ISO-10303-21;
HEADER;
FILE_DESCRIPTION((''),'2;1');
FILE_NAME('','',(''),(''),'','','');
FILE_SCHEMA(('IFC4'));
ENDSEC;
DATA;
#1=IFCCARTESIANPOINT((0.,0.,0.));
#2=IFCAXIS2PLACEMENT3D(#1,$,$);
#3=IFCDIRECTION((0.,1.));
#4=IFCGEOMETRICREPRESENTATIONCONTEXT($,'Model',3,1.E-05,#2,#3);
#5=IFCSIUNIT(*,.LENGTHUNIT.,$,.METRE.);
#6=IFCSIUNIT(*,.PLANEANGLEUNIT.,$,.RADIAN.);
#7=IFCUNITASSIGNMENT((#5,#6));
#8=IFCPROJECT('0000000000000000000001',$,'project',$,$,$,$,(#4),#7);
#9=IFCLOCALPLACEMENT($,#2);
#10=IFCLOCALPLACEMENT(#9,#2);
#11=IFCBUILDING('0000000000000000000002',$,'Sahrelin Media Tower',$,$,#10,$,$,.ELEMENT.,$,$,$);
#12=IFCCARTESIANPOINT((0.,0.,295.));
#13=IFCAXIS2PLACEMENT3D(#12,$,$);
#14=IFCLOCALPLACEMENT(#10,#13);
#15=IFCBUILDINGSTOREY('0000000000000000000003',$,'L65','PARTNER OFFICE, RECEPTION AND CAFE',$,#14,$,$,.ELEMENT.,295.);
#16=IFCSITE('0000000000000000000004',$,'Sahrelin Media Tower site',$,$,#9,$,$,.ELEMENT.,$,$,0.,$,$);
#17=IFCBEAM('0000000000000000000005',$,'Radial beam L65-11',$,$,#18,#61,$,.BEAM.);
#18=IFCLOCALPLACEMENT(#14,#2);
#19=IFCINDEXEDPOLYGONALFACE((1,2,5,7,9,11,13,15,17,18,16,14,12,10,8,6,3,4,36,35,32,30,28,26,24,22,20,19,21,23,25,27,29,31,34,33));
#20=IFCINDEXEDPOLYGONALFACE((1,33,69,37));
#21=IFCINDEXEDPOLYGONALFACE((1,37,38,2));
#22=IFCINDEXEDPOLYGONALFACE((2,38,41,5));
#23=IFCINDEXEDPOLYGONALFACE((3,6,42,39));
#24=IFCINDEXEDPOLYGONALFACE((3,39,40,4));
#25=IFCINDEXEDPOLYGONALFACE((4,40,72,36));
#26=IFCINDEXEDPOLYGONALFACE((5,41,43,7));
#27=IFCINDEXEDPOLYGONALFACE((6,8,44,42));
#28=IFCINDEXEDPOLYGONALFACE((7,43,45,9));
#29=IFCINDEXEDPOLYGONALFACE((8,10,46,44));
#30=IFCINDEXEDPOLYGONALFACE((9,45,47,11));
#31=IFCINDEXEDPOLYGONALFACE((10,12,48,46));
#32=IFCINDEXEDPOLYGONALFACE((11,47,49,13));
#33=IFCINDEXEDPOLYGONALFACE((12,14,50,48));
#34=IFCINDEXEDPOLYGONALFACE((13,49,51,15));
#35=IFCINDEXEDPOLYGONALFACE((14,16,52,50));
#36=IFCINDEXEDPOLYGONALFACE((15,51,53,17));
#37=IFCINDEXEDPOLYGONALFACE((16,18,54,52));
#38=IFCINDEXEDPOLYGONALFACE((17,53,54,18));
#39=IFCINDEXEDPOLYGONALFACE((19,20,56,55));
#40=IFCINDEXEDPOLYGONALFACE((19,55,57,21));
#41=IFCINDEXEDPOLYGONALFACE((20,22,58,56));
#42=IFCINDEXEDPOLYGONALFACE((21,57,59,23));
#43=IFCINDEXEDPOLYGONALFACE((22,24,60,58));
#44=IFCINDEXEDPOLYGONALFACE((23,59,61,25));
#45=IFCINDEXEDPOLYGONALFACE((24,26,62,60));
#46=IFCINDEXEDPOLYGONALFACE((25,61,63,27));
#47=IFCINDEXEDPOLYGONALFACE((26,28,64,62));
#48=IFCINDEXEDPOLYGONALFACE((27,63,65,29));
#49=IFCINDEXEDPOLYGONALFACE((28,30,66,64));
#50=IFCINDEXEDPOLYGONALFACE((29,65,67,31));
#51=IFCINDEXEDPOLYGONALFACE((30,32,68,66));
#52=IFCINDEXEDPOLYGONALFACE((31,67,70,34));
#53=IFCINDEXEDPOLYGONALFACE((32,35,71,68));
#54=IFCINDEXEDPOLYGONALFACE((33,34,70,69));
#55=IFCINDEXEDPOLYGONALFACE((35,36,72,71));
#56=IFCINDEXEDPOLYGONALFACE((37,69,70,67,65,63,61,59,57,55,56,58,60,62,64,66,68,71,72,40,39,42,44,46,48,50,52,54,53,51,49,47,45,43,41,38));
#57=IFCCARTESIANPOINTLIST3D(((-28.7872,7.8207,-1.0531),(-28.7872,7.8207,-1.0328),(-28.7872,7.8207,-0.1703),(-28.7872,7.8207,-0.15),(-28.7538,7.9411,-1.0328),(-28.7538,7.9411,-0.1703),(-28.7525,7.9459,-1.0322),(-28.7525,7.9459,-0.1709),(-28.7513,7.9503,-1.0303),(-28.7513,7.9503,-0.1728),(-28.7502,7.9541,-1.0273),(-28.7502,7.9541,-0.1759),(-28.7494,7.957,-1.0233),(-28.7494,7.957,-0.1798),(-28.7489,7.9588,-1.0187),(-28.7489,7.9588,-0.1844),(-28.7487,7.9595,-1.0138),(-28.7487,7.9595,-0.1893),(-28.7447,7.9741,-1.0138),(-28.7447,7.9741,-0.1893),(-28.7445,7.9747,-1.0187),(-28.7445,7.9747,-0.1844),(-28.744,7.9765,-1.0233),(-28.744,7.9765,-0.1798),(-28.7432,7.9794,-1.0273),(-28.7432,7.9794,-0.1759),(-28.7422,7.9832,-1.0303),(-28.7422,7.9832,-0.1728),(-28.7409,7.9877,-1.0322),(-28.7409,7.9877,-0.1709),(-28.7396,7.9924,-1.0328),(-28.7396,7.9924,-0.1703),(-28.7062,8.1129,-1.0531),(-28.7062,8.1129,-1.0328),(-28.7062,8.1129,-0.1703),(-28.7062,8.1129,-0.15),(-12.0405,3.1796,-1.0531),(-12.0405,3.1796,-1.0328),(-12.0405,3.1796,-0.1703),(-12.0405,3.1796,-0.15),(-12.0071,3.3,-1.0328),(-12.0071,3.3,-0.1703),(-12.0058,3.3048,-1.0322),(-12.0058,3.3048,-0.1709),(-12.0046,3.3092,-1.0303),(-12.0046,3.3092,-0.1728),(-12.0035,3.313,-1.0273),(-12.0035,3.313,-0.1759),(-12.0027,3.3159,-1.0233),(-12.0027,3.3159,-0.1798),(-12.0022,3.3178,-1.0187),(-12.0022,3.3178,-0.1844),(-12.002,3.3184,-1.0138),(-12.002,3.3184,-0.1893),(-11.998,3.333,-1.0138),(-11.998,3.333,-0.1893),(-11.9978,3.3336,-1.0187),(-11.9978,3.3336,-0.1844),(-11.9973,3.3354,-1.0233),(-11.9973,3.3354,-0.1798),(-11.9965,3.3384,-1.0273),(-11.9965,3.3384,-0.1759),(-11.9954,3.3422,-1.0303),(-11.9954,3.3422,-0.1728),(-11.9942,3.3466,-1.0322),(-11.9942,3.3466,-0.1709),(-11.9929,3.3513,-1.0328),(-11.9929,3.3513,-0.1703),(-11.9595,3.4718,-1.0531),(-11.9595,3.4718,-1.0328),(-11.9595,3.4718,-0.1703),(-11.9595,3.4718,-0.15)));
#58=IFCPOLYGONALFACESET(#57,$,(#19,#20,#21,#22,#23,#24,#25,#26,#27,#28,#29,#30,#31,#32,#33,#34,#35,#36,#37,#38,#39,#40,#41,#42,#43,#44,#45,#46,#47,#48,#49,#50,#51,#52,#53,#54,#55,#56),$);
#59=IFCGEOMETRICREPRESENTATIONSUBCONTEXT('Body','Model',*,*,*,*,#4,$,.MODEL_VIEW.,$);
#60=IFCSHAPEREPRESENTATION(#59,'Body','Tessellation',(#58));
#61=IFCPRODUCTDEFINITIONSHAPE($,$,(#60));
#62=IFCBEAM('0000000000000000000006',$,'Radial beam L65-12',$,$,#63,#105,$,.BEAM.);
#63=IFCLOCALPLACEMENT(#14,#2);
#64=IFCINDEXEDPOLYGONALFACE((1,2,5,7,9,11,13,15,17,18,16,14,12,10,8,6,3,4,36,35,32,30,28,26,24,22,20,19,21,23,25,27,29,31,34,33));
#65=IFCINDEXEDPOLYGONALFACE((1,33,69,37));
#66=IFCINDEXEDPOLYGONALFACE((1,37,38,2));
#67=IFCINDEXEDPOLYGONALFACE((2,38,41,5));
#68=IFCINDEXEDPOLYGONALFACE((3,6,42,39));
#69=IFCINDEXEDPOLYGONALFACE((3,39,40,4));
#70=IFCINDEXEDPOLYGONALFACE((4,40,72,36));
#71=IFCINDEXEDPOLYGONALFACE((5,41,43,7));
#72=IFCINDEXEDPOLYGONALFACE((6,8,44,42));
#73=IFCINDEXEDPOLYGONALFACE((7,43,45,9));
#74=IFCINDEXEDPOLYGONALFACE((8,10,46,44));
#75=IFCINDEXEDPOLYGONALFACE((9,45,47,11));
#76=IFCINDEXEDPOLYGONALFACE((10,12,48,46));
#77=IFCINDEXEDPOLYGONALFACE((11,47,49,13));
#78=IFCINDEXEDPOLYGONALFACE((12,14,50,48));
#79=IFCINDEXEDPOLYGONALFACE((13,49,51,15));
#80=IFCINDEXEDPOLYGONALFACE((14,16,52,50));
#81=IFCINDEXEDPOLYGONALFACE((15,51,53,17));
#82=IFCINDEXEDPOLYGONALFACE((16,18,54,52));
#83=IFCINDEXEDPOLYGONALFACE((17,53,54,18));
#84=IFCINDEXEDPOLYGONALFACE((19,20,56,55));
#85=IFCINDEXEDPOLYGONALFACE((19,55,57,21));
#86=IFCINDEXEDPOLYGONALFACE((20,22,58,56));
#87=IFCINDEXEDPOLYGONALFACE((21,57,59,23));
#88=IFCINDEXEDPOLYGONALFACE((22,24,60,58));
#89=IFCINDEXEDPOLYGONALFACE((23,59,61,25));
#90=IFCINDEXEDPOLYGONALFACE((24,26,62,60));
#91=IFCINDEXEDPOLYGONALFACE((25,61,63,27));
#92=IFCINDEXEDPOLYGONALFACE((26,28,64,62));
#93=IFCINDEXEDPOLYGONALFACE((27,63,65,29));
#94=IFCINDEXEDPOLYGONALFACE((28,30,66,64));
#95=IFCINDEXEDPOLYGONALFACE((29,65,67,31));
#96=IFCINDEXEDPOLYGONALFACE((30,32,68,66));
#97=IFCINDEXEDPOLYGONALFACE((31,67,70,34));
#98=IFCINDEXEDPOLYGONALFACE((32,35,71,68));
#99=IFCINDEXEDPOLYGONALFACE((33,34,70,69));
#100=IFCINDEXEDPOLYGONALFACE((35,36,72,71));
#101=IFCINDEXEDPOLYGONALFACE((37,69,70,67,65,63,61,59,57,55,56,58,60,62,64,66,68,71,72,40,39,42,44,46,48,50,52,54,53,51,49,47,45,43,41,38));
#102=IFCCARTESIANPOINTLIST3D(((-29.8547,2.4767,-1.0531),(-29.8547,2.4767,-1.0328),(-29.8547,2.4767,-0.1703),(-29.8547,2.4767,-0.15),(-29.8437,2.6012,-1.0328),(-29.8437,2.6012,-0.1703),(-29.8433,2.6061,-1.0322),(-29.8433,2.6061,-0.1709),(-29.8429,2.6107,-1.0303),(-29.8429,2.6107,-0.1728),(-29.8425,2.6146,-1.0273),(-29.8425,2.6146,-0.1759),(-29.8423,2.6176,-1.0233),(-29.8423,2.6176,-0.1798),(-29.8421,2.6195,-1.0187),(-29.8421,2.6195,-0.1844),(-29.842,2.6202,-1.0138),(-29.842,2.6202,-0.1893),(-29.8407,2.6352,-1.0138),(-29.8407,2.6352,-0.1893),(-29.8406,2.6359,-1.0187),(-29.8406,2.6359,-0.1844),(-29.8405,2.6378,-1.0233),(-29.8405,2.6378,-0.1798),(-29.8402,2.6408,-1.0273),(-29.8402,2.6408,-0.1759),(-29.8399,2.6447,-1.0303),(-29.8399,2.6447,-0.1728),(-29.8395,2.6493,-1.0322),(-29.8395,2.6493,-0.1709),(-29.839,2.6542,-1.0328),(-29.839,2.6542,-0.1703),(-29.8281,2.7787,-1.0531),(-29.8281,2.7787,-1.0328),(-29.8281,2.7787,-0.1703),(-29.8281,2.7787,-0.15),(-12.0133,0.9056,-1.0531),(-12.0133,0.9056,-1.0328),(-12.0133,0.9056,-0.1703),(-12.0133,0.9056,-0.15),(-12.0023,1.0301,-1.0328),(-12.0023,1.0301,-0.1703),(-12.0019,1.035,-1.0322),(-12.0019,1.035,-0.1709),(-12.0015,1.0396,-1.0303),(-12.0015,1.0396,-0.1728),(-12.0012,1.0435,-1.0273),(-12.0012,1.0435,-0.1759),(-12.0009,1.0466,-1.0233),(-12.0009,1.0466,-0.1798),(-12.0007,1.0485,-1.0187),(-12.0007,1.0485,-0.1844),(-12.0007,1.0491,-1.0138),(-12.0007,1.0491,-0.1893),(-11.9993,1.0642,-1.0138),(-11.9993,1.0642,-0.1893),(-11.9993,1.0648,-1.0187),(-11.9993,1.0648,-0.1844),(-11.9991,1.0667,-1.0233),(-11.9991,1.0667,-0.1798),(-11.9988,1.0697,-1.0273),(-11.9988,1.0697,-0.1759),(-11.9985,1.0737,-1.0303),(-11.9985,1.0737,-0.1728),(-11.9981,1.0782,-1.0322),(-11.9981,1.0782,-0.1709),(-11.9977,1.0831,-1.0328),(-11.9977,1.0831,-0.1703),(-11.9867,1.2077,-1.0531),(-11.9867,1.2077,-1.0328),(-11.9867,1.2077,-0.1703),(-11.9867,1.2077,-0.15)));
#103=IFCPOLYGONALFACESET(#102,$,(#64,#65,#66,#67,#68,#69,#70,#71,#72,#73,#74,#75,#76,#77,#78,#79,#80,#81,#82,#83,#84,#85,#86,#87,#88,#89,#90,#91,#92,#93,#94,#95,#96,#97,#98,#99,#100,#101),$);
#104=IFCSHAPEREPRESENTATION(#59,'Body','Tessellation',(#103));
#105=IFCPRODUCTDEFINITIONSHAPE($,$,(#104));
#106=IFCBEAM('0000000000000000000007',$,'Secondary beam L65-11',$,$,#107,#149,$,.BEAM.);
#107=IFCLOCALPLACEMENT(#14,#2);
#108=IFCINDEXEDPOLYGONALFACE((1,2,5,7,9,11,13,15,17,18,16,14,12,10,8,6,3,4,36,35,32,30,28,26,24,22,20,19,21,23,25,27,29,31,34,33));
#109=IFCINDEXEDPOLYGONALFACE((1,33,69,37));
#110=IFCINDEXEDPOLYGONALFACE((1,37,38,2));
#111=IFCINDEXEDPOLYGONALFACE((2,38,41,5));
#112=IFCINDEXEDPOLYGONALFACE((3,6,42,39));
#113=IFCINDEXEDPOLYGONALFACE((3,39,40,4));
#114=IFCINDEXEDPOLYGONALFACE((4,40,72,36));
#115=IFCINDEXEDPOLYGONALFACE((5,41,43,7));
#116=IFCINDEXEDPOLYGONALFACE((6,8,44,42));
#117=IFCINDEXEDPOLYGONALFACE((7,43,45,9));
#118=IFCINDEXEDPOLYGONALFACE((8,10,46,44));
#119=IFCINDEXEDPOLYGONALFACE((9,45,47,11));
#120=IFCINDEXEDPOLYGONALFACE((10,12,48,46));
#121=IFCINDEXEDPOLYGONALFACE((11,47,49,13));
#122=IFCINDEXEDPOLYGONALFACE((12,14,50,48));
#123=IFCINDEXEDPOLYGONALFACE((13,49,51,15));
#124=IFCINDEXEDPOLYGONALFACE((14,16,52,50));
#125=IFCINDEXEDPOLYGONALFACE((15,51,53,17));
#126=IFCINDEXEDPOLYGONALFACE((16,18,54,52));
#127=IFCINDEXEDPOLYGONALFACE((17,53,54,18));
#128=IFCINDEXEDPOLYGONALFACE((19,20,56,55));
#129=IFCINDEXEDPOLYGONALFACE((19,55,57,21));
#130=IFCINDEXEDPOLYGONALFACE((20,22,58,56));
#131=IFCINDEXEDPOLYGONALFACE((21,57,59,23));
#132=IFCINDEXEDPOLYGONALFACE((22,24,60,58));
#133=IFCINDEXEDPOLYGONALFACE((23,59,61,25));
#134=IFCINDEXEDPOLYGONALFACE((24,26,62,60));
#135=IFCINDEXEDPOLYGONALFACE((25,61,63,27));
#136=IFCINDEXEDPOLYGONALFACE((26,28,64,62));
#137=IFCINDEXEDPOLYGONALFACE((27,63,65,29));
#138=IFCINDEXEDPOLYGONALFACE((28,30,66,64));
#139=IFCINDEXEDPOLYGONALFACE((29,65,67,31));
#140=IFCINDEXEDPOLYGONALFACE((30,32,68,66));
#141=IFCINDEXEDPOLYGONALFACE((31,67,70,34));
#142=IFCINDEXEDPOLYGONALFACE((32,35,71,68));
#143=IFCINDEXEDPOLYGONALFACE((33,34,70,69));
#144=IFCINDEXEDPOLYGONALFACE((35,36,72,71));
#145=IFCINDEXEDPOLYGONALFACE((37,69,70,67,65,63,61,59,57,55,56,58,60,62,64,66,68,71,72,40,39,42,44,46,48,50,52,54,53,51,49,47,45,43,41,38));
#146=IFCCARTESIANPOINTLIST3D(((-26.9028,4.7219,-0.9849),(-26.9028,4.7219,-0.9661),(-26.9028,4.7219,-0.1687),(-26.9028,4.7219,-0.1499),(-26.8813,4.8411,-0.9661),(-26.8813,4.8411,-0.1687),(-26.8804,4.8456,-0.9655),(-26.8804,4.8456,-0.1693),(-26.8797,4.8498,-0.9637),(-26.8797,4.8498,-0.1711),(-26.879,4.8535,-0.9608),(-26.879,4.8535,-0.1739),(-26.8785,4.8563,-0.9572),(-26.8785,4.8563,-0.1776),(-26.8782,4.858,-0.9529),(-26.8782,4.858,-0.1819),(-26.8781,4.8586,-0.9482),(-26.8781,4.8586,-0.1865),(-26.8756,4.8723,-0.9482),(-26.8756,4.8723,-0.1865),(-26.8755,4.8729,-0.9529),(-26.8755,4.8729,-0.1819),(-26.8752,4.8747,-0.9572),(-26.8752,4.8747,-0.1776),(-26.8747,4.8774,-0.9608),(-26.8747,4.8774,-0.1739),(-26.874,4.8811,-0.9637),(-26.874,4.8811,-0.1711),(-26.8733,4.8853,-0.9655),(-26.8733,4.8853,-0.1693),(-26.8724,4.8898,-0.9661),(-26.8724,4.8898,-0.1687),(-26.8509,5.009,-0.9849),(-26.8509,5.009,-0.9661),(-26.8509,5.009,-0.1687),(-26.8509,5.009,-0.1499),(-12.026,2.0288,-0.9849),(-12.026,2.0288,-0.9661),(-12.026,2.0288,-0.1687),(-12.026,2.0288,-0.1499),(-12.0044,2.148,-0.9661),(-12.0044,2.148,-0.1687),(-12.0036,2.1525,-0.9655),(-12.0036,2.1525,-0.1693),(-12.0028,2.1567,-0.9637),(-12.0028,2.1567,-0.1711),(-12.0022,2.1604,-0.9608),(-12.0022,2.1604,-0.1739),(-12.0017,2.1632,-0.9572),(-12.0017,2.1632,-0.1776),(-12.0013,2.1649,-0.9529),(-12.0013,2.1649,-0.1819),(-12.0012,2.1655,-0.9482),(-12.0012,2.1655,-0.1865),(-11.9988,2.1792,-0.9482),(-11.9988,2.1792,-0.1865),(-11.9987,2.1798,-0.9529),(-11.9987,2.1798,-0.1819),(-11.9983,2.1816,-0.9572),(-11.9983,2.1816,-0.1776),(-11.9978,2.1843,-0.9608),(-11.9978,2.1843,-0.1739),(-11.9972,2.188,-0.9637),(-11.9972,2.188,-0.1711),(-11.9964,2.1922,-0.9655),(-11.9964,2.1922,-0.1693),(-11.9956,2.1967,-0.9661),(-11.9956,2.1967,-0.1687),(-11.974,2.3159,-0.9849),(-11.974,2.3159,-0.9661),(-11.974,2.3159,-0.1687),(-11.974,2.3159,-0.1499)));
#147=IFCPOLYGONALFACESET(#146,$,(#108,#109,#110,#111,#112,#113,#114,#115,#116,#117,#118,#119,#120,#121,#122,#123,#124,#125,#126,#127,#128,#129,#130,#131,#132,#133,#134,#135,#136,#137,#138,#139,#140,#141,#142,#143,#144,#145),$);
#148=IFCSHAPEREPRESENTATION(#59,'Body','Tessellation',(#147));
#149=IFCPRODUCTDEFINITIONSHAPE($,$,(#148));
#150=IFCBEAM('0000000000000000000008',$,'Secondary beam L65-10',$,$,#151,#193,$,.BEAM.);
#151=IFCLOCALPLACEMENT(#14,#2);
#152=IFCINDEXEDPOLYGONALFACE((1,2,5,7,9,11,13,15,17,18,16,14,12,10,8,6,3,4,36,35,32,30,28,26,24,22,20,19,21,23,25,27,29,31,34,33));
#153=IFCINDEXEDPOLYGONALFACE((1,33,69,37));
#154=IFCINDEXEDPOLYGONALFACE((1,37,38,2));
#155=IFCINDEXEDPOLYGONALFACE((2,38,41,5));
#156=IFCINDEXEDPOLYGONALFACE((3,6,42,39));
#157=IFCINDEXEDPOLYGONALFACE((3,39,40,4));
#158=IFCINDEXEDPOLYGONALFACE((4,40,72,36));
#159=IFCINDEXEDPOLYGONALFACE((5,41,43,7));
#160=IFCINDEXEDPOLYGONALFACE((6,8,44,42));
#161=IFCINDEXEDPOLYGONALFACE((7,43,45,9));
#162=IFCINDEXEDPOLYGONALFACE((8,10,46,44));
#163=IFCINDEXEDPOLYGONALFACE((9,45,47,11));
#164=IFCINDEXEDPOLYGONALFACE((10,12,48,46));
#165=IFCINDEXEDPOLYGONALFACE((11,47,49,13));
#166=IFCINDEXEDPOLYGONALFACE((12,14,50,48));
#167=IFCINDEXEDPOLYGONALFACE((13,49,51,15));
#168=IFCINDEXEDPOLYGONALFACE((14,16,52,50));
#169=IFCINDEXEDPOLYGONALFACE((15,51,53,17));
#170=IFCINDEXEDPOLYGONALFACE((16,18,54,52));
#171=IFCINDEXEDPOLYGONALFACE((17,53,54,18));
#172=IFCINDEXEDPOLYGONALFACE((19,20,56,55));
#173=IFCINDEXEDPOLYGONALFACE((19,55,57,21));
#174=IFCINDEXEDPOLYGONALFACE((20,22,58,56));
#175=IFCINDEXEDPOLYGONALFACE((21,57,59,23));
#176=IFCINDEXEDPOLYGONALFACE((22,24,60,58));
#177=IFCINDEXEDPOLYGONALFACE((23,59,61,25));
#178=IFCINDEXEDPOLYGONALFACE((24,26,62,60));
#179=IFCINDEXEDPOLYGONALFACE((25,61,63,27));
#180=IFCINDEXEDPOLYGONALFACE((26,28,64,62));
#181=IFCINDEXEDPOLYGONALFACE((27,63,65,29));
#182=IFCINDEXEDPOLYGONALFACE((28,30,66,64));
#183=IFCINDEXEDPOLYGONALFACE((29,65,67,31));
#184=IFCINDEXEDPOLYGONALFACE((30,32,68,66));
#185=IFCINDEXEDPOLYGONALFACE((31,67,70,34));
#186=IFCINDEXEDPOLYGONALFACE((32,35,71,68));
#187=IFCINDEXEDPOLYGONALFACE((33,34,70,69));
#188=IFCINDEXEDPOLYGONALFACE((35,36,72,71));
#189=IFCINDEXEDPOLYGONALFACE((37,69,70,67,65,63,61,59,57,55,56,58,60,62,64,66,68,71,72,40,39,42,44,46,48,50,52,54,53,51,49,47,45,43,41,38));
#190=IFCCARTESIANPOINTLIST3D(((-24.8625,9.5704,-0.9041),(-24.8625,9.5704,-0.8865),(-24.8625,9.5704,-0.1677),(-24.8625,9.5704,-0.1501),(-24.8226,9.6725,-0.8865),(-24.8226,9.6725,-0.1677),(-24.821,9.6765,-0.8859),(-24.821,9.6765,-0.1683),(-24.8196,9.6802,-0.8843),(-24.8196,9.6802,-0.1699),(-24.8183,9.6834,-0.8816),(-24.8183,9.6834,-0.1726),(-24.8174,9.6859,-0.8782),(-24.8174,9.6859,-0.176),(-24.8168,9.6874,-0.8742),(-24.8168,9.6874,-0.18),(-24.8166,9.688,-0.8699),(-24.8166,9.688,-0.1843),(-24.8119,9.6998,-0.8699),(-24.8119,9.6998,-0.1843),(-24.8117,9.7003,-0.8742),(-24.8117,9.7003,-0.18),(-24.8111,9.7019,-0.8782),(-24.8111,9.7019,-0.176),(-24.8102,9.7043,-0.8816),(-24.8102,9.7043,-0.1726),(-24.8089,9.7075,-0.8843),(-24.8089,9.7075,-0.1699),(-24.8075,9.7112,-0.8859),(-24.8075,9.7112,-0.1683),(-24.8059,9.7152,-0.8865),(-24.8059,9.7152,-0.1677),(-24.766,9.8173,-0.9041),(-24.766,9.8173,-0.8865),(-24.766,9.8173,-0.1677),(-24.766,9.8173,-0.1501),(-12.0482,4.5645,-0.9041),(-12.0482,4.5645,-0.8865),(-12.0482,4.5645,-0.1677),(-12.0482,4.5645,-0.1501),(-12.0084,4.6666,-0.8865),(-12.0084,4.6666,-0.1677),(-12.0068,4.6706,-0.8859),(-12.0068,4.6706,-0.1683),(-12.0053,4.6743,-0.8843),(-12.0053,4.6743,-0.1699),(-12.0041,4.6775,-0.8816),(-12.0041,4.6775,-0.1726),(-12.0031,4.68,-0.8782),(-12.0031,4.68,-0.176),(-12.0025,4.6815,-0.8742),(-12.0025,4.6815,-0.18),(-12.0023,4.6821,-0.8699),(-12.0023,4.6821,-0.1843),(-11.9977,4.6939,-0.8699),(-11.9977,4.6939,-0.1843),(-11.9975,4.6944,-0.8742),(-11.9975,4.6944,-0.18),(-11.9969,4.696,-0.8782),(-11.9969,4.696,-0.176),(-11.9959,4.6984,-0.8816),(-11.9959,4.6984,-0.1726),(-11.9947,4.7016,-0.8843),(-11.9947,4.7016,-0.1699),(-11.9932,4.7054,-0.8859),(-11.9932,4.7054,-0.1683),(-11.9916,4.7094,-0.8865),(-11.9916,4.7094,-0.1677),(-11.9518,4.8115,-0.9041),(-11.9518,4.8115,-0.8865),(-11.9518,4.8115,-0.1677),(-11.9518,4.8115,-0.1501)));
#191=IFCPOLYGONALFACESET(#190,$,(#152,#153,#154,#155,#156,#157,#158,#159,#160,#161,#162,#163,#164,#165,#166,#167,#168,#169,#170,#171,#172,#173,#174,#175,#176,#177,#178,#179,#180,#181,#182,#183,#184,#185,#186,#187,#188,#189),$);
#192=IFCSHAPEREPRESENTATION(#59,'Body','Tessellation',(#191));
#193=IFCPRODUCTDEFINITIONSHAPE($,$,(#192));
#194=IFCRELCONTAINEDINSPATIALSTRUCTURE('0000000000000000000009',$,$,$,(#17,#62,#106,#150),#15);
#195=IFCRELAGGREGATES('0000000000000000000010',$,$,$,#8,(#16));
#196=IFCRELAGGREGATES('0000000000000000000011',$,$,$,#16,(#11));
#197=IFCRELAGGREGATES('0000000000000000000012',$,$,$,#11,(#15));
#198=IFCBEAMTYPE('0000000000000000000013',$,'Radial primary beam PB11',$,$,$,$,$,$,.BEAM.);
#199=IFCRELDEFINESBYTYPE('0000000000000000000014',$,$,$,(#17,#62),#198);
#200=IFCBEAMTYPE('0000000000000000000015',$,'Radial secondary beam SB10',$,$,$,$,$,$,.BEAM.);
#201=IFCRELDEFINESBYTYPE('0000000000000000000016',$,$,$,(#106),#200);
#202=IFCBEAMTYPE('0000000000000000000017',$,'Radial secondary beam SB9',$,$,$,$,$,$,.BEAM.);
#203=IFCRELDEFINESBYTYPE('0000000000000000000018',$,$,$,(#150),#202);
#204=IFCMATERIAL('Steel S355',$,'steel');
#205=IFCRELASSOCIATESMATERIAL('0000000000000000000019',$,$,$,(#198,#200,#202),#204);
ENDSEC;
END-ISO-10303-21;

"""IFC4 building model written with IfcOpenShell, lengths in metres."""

from ifc_helpers import new_model, si_unit, direction, frame, origin, origin_2d, place, context, subcontext, project, spatial, i_section, extrude, material, material_profile, profile_set, type_object, element, save


model = new_model("IFC4")

# Units and contexts
model_context = context("Model", 3, precision=1e-05, world=origin(), true_north=direction((0.0, 1.0)))
body_context = subcontext(model_context, "Body", "Model", "MODEL_VIEW")
ifc_project = project(units=[si_unit("LENGTHUNIT", "METRE"), si_unit("PLANEANGLEUNIT", "RADIAN")], contexts=[model_context])

# Site, building, storey
site_placement = place(None, origin())
site = spatial("IfcSite", under=ifc_project, at=site_placement, Name="Sahrelin Media Tower site", CompositionType="ELEMENT", RefElevation=0.0)
building_placement = place(site_placement, origin())
building = spatial("IfcBuilding", under=site, at=building_placement, Name="Sahrelin Media Tower", CompositionType="ELEMENT")
storey_placement = place(building_placement, frame((0.0, 0.0, 295.0)))
storey = spatial("IfcBuildingStorey", under=building, at=storey_placement, Name="L65", Description="PARTNER OFFICE, RECEPTION AND CAFE", CompositionType="ELEMENT", Elevation=295.0)

# Beams
ifc_material_1 = material(Name="Steel S355", Category="steel")
ifc_material_profile_1 = material_profile(ifc_material_1, i_section(OverallWidth=0.3032, OverallDepth=0.9031, WebThickness=0.0151, FlangeThickness=0.0203, FilletRadius=0.019, at=origin_2d()), Name="UB 914x305x201")
ifc_profile_set_1 = profile_set([ifc_material_profile_1], Name="Steel S355")
beam_type_1 = type_object("IfcBeamType", Name="Radial primary beam PB11", PredefinedType="BEAM", material=ifc_profile_set_1)
beam_1_placement = place(storey_placement, frame((-12.0, 3.3257, -0.6016), z_axis=(-0.963678, 0.267068, 0.0), x_axis=(-0.267068, -0.963678, 0.0)))
element("IfcBeam", 1, at=beam_1_placement, inside=storey, type_object=beam_type_1, Name="Radial beam L65-11", PredefinedType="BEAM", context=body_context, shape_type="SweptSolid", body=[
    extrude(i_section(OverallWidth=0.3032, OverallDepth=0.9031, WebThickness=0.0151, FlangeThickness=0.0203, FilletRadius=0.019, at=origin_2d()), origin(), (0.0, 0.0, 1.0), 17.3779),
])
beam_2_placement = place(storey_placement, frame((-12.0, 1.0566, -0.6016), z_axis=(-0.996145, 0.087717, 0.0), x_axis=(-0.087717, -0.996145, 0.0)))
element("IfcBeam", 2, at=beam_2_placement, inside=storey, type_object=beam_type_1, Name="Radial beam L65-12", PredefinedType="BEAM", context=body_context, shape_type="SweptSolid", body=[
    extrude(i_section(OverallWidth=0.3032, OverallDepth=0.9031, WebThickness=0.0151, FlangeThickness=0.0203, FilletRadius=0.019, at=origin_2d()), origin(), (0.0, 0.0, 1.0), 17.9104),
])
ifc_material_profile_2 = material_profile(ifc_material_1, i_section(OverallWidth=0.2917, OverallDepth=0.835, WebThickness=0.0139, FlangeThickness=0.0188, FilletRadius=0.0178, at=origin_2d()), Name="UB 838x292x176")
ifc_profile_set_2 = profile_set([ifc_material_profile_2], Name="Steel S355")
beam_type_2 = type_object("IfcBeamType", Name="Radial secondary beam SB10", PredefinedType="BEAM", material=ifc_profile_set_2)
beam_3_placement = place(storey_placement, frame((-12.0, 2.1724, -0.5674), z_axis=(-0.984007, 0.178131, 0.0), x_axis=(-0.178131, -0.984007, 0.0)))
element("IfcBeam", 3, at=beam_3_placement, inside=storey, type_object=beam_type_2, Name="Secondary beam L65-11", PredefinedType="BEAM", context=body_context, shape_type="SweptSolid", body=[
    extrude(i_section(OverallWidth=0.2917, OverallDepth=0.835, WebThickness=0.0139, FlangeThickness=0.0188, FilletRadius=0.0178, at=origin_2d()), origin(), (0.0, 0.0, 1.0), 15.1187),
])
ifc_material_profile_3 = material_profile(ifc_material_1, i_section(OverallWidth=0.2651, OverallDepth=0.7539, WebThickness=0.0127, FlangeThickness=0.0176, FilletRadius=0.0166, at=origin_2d()), Name="UB 762x267x147")
ifc_profile_set_3 = profile_set([ifc_material_profile_3], Name="Steel S355")
beam_type_3 = type_object("IfcBeamType", Name="Radial secondary beam SB9", PredefinedType="BEAM", material=ifc_profile_set_3)
beam_4_placement = place(storey_placement, frame((-12.0, 4.688, -0.5271), z_axis=(-0.93145, 0.36387, 0.0), x_axis=(-0.36387, -0.93145, 0.0)))
element("IfcBeam", 4, at=beam_4_placement, inside=storey, type_object=beam_type_3, Name="Secondary beam L65-10", PredefinedType="BEAM", context=body_context, shape_type="SweptSolid", body=[
    extrude(i_section(OverallWidth=0.2651, OverallDepth=0.7539, WebThickness=0.0127, FlangeThickness=0.0176, FilletRadius=0.0166, at=origin_2d()), origin(), (0.0, 0.0, 1.0), 13.7573),
])

save(model, "model.ifc")
